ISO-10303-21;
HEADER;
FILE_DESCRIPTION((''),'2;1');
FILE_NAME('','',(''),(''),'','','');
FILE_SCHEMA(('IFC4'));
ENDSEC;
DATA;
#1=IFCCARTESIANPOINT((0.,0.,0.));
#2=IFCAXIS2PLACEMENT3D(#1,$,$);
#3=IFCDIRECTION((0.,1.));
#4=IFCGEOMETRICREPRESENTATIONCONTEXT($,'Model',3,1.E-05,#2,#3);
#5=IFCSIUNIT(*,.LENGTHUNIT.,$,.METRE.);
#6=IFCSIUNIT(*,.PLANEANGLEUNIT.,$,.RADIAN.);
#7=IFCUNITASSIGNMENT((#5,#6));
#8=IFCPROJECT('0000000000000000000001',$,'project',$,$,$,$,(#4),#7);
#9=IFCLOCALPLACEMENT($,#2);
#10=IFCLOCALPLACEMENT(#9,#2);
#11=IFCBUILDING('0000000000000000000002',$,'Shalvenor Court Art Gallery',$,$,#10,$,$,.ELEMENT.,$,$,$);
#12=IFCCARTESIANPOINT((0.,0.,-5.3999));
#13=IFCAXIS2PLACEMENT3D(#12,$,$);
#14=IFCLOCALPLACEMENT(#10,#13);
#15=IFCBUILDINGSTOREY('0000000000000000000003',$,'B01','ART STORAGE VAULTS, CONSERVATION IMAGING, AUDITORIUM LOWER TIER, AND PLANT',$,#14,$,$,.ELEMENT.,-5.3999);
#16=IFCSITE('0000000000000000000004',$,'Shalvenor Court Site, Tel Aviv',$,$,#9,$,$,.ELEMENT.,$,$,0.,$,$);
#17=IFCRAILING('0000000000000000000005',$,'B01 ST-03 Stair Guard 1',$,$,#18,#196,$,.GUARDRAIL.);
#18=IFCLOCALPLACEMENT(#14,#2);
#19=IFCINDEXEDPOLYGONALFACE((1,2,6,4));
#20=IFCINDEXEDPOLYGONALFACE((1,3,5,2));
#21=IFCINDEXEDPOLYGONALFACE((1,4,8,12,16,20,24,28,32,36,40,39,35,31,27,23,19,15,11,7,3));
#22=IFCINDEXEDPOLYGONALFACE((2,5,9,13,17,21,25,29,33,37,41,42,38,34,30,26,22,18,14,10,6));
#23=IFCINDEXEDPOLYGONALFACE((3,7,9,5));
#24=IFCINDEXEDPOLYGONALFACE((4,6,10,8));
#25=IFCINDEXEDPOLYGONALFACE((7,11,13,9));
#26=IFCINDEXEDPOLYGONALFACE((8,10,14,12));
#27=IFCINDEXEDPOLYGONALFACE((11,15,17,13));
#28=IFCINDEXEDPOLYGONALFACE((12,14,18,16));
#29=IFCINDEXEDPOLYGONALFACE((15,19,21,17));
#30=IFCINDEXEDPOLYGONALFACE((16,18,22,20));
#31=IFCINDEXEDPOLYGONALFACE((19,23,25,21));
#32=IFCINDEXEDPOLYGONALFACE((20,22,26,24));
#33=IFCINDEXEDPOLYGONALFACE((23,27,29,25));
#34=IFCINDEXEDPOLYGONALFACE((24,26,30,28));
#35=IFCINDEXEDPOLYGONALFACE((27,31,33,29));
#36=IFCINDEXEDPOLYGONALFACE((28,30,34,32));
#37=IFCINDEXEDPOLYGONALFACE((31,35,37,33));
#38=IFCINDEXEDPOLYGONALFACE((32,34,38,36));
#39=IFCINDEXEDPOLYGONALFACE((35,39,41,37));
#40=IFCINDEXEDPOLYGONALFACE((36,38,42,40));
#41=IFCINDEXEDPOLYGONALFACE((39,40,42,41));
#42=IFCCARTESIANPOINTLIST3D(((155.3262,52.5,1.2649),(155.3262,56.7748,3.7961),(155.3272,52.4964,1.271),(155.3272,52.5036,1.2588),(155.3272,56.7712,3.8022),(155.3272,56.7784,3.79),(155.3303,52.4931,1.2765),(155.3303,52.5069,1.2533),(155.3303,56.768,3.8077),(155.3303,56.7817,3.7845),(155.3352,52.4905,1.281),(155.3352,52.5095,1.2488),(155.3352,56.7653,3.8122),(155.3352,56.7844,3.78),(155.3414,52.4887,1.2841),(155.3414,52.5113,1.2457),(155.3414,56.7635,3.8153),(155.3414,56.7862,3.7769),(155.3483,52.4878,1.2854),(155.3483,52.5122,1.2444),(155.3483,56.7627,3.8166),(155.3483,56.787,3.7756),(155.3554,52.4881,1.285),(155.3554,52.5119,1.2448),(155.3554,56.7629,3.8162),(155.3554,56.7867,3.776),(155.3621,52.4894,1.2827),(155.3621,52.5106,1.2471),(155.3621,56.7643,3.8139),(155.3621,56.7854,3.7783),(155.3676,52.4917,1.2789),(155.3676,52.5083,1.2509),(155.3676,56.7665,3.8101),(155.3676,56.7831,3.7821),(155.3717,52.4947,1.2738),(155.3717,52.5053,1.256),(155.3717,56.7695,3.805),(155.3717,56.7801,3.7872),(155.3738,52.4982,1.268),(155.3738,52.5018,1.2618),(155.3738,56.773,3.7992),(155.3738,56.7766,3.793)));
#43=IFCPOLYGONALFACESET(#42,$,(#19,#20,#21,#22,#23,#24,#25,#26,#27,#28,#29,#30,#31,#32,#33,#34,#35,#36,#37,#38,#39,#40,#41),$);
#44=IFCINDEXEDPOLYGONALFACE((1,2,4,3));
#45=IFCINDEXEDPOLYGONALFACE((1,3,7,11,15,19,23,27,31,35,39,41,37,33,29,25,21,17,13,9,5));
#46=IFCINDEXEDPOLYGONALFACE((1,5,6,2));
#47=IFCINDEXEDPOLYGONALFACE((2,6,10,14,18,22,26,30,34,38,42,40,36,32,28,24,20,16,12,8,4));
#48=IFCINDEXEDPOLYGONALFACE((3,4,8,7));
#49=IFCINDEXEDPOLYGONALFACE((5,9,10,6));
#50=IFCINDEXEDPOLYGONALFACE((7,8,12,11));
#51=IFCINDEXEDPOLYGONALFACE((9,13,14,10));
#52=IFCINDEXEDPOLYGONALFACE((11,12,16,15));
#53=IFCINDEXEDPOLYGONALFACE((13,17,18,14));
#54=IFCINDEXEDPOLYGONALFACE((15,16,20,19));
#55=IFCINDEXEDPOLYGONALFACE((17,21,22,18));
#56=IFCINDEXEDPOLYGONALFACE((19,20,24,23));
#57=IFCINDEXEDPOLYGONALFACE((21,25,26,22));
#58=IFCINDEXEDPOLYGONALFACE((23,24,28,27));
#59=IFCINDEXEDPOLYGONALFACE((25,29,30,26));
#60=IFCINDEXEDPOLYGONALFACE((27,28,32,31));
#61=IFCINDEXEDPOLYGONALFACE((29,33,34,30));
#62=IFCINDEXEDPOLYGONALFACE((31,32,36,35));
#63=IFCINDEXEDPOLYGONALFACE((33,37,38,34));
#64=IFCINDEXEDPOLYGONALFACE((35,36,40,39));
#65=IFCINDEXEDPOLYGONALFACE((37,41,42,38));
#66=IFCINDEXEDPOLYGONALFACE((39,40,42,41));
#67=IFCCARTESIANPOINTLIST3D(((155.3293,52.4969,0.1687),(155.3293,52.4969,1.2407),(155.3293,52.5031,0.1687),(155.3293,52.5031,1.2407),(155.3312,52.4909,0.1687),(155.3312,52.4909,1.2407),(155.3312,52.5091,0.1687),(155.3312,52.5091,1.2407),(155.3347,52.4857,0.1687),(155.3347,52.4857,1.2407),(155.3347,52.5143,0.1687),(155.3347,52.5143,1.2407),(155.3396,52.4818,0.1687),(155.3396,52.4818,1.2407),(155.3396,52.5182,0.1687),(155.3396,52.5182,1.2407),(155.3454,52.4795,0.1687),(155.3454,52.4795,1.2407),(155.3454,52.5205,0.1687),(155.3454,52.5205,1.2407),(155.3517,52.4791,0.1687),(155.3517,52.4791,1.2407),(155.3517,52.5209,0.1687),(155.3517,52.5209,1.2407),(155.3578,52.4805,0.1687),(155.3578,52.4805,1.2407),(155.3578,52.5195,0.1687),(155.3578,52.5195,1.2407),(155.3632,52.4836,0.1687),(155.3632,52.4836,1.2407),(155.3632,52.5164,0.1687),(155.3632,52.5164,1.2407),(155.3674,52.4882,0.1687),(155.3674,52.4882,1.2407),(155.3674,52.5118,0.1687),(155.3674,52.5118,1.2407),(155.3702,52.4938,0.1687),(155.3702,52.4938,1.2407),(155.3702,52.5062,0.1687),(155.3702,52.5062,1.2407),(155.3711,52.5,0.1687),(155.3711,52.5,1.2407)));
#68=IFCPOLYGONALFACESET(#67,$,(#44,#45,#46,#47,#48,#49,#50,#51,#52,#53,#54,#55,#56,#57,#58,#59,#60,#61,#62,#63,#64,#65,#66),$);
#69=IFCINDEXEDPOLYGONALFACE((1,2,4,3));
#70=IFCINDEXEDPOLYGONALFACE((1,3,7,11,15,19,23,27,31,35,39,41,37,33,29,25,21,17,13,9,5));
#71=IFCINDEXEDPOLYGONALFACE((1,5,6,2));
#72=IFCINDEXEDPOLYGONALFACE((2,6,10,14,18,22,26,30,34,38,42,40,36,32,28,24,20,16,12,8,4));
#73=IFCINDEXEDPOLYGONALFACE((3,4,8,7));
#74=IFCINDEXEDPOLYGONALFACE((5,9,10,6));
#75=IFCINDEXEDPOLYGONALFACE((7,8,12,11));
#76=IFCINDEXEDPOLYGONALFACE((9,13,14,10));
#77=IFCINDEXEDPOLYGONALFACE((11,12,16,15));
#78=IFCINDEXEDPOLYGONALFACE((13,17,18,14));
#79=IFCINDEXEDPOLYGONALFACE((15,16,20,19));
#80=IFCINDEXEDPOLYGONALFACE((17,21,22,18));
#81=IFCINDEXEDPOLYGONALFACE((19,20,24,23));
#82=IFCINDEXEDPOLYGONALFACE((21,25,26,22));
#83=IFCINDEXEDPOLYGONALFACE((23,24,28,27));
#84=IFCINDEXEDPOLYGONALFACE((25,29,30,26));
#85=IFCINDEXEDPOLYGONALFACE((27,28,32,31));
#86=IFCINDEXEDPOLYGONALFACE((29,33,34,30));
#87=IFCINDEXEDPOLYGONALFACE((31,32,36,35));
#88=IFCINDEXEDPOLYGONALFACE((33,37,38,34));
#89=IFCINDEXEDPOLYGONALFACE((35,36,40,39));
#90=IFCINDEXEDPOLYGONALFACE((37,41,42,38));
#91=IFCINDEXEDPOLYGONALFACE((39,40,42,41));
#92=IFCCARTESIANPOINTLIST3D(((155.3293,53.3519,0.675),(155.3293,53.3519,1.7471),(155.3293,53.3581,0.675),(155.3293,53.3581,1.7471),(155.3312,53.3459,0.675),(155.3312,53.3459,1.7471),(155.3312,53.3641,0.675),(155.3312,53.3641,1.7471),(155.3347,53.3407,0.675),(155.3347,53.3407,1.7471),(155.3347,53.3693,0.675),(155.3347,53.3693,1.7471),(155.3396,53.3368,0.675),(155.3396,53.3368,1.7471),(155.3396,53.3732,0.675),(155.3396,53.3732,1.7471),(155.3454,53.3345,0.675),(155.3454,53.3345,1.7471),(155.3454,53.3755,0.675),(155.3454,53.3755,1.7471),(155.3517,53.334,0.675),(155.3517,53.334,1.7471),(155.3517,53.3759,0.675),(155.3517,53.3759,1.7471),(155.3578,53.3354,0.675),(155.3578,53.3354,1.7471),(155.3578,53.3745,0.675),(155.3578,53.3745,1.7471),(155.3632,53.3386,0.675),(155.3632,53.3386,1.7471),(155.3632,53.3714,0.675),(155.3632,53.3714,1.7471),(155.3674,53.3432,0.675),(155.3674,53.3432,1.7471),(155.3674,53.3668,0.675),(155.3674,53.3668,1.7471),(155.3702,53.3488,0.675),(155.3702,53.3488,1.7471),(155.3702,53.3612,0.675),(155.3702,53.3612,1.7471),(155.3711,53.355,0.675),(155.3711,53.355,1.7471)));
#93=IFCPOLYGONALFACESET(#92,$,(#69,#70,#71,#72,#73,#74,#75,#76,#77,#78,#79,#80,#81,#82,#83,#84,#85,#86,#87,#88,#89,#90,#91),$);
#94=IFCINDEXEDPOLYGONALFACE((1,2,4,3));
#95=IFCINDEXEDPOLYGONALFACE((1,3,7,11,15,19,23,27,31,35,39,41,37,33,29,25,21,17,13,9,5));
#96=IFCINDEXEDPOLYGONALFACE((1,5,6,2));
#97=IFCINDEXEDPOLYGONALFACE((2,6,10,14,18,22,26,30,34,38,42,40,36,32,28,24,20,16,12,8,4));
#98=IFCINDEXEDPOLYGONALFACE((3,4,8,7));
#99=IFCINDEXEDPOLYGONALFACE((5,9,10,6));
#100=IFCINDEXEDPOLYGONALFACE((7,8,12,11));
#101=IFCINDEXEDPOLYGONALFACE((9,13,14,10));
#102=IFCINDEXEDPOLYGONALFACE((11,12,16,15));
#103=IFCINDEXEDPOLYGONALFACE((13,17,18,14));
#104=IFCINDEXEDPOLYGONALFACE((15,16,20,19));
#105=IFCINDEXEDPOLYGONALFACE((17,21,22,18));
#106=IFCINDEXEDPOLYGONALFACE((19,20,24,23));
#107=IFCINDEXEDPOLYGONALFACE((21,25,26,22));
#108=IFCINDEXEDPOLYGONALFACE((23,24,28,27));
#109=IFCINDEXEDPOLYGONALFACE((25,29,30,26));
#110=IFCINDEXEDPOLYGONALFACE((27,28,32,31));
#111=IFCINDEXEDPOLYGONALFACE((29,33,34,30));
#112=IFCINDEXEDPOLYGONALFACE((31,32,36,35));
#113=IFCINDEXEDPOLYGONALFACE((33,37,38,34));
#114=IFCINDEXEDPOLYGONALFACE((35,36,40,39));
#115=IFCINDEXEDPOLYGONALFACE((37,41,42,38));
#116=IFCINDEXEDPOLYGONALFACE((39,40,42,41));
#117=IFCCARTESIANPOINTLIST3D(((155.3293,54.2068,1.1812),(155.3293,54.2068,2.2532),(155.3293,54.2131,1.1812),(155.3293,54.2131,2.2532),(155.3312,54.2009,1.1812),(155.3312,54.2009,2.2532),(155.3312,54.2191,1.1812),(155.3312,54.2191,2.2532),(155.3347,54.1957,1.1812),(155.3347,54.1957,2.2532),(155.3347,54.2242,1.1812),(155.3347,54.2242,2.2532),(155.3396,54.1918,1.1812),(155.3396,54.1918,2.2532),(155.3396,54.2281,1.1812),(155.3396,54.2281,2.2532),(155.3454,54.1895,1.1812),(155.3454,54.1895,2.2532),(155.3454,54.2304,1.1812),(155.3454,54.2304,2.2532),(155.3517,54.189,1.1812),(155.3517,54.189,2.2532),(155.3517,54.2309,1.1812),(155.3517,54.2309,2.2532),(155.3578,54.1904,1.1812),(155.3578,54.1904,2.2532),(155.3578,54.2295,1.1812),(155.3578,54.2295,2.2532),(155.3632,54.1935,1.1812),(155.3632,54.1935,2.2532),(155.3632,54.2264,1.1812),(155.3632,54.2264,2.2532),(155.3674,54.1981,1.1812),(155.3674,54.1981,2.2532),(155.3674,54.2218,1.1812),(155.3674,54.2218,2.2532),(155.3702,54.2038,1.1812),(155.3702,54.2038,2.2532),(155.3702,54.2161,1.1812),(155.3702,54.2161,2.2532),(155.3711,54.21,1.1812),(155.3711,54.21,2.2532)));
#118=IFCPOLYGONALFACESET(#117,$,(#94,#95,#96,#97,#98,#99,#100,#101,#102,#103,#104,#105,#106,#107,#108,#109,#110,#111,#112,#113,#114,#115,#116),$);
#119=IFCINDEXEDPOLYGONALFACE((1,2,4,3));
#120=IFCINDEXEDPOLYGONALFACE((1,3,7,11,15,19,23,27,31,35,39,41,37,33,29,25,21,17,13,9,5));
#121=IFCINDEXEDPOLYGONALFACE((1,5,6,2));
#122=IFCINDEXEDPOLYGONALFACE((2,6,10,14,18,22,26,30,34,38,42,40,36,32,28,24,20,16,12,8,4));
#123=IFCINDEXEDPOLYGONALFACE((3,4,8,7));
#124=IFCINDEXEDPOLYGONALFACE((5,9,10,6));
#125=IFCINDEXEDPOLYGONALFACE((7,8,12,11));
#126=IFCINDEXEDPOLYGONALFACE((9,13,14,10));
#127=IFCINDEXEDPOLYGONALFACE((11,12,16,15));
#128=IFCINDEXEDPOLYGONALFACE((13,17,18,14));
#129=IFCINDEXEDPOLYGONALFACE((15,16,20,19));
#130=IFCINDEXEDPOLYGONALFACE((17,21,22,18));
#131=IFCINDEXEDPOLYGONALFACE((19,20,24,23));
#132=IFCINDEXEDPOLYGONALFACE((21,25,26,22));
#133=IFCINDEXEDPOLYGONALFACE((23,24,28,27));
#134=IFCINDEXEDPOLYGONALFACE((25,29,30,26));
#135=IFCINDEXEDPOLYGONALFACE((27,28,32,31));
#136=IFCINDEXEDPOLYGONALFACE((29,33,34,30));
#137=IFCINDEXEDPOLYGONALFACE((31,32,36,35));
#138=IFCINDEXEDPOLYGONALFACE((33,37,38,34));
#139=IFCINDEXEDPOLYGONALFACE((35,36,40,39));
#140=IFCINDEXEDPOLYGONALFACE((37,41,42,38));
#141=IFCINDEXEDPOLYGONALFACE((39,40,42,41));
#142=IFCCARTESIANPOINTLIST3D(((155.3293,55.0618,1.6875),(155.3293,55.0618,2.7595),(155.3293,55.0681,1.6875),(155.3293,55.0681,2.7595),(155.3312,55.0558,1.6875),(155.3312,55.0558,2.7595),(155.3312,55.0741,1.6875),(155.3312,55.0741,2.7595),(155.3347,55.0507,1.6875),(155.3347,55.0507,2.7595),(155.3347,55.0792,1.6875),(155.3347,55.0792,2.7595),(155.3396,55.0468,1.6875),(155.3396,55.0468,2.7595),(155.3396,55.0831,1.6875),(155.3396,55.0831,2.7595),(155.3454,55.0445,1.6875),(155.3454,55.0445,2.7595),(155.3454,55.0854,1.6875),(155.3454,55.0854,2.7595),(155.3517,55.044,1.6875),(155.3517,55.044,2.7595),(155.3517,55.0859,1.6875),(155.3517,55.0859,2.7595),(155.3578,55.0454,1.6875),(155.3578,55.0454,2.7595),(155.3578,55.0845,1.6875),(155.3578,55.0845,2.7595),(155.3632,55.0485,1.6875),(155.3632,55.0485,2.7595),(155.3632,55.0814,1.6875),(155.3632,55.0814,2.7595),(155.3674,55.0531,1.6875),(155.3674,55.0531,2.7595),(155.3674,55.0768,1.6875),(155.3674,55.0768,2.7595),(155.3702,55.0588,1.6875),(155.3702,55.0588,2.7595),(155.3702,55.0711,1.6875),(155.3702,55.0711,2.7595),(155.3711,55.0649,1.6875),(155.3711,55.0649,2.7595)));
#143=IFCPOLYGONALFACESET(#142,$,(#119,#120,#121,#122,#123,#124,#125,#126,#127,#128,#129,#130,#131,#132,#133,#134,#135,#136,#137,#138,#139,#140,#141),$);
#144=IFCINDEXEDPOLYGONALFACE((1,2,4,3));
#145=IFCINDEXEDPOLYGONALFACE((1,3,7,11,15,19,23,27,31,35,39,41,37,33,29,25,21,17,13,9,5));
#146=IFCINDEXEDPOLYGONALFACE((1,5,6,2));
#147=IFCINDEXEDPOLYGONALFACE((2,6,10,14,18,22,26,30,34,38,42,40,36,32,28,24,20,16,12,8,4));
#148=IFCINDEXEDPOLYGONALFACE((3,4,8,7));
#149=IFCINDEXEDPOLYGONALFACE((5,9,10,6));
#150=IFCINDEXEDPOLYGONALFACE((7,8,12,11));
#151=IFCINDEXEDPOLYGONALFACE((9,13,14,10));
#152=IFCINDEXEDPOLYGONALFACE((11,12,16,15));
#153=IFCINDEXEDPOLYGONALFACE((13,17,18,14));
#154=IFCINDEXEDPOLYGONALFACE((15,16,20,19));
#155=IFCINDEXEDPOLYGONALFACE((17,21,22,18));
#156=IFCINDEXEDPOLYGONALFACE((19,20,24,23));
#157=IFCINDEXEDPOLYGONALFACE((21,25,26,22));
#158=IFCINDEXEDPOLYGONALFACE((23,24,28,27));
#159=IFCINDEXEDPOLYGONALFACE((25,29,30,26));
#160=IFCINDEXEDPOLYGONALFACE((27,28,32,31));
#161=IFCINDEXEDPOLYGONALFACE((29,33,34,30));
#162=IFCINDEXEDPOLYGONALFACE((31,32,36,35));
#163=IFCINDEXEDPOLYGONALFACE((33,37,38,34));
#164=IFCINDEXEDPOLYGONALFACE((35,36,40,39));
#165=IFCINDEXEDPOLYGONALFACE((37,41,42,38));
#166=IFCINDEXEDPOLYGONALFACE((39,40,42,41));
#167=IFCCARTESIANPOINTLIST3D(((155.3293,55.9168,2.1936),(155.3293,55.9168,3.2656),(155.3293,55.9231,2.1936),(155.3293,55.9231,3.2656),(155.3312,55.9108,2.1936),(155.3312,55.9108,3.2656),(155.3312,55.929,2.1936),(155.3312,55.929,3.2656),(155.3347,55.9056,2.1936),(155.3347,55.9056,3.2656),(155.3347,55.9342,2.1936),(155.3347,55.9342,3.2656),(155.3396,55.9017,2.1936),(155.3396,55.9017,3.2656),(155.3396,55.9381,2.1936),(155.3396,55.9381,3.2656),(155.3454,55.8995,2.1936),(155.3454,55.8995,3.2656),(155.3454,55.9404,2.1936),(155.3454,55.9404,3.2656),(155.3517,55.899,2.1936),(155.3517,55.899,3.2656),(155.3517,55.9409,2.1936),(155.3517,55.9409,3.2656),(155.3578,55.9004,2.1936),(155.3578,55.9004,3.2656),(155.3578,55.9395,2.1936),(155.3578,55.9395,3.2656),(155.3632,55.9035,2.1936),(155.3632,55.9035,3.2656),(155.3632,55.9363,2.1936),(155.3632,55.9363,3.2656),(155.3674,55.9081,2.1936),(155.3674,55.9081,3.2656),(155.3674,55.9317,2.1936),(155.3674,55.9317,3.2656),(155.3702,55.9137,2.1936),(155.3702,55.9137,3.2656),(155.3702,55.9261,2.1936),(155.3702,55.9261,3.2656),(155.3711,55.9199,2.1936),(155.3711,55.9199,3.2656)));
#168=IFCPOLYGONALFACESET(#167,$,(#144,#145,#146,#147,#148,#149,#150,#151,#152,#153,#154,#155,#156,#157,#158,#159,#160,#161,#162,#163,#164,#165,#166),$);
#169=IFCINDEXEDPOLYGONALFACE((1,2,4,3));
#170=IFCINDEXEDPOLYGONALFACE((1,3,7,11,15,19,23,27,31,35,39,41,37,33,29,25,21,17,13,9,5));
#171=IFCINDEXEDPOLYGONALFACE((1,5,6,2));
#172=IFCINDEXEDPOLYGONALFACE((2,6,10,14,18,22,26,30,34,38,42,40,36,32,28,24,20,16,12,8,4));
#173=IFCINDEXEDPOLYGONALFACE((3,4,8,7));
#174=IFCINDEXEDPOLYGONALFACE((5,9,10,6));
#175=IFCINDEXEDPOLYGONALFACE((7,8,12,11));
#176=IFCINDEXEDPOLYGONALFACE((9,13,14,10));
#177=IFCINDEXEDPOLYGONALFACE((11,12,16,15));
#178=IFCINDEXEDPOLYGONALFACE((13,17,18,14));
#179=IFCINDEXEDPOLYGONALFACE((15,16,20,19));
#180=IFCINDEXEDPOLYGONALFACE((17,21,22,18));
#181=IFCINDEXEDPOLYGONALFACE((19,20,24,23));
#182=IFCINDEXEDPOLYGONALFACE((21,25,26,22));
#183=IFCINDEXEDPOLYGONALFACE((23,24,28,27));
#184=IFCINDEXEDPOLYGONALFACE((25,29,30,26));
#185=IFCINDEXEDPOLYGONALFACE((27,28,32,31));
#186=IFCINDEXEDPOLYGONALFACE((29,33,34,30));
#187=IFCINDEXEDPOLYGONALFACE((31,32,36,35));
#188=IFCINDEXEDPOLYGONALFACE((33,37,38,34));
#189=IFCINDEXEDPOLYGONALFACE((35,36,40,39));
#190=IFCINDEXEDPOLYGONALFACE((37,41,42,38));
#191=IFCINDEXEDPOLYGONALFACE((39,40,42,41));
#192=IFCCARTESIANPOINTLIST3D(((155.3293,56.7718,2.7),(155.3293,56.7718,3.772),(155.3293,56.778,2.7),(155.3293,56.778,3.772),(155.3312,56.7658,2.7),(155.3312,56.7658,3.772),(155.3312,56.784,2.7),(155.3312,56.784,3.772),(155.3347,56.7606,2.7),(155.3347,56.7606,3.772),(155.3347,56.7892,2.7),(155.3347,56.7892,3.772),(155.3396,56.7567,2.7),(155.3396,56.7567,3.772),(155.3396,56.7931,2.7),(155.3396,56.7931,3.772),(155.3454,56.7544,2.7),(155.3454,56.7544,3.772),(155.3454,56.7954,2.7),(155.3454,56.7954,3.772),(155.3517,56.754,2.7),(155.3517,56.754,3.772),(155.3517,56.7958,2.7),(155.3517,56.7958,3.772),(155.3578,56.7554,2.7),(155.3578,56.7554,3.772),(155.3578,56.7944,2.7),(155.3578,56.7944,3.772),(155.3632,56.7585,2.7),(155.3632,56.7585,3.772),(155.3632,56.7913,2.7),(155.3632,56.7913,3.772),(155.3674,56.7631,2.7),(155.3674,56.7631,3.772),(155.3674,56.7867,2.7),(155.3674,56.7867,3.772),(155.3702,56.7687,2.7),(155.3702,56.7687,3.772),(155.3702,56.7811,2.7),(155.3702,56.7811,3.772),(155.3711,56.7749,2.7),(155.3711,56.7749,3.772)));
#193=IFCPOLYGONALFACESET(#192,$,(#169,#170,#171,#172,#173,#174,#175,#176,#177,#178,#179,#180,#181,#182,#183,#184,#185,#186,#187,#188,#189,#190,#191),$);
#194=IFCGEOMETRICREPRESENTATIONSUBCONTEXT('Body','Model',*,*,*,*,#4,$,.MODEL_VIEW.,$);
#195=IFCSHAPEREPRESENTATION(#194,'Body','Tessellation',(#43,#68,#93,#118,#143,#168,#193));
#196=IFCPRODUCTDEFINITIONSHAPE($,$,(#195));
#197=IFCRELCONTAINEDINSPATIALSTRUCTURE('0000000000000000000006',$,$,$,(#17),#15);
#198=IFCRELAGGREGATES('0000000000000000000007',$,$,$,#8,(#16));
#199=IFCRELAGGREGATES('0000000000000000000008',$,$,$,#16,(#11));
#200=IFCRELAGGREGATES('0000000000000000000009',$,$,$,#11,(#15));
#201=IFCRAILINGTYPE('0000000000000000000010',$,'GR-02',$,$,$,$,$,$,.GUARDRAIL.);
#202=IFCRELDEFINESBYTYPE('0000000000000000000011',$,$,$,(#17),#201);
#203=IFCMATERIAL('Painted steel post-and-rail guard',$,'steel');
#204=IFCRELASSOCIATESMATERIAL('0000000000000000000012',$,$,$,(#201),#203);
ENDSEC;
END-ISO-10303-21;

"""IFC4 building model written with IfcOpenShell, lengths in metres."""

from ifc_helpers import new_model, si_unit, direction, frame, origin, origin_2d, place, context, subcontext, project, spatial, circle, extrude, material, type_object, element, save


model = new_model("IFC4")

# Units and contexts
model_context = context("Model", 3, precision=1e-05, world=origin(), true_north=direction((0.0, 1.0)))
body_context = subcontext(model_context, "Body", "Model", "MODEL_VIEW")
ifc_project = project(units=[si_unit("LENGTHUNIT", "METRE"), si_unit("PLANEANGLEUNIT", "RADIAN")], contexts=[model_context])

# Site, building, storey
site_placement = place(None, origin())
site = spatial("IfcSite", under=ifc_project, at=site_placement, Name="Shalvenor Court Site, Tel Aviv", CompositionType="ELEMENT", RefElevation=0.0)
building_placement = place(site_placement, origin())
building = spatial("IfcBuilding", under=site, at=building_placement, Name="Shalvenor Court Art Gallery", CompositionType="ELEMENT")
storey_placement = place(building_placement, frame((0.0, 0.0, -5.3999)))
storey = spatial("IfcBuildingStorey", under=building, at=storey_placement, Name="B01", Description="ART STORAGE VAULTS, CONSERVATION IMAGING, AUDITORIUM LOWER TIER, AND PLANT", CompositionType="ELEMENT", Elevation=-5.3999)

# Railing
ifc_material_1 = material(Name="Painted steel post-and-rail guard", Category="steel")
railing_type_1 = type_object("IfcRailingType", Name="GR-02", PredefinedType="GUARDRAIL", material=ifc_material_1)
railing_1_placement = place(storey_placement, frame((155.3501, 52.5, 0.1687)))
element("IfcRailing", 1, at=railing_1_placement, inside=storey, type_object=railing_type_1, Name="B01 ST-03 Stair Guard 1", PredefinedType="GUARDRAIL", context=body_context, shape_type="SweptSolid", body=[
    extrude(circle(Radius=0.0239, at=origin_2d()), frame((0.0, 0.0, 1.0962), z_axis=(0.0, 0.86047, 0.509501), x_axis=(-1.0, 0.0, 0.0)), (0.0, 0.0, 1.0), 4.968),
    extrude(circle(Radius=0.021, at=origin_2d()), origin(), (0.0, 0.0, 1.0), 1.072),
    extrude(circle(Radius=0.021, at=origin_2d()), frame((0.0, 0.855, 0.5063)), (0.0, 0.0, 1.0), 1.072),
    extrude(circle(Radius=0.021, at=origin_2d()), frame((0.0, 1.71, 1.0125)), (0.0, 0.0, 1.0), 1.072),
    extrude(circle(Radius=0.021, at=origin_2d()), frame((0.0, 2.5649, 1.5188)), (0.0, 0.0, 1.0), 1.072),
    extrude(circle(Radius=0.021, at=origin_2d()), frame((0.0, 3.4199, 2.0249)), (0.0, 0.0, 1.0), 1.072),
    extrude(circle(Radius=0.021, at=origin_2d()), frame((0.0, 4.2749, 2.5312)), (0.0, 0.0, 1.0), 1.072),
])

save(model, "model.ifc")
